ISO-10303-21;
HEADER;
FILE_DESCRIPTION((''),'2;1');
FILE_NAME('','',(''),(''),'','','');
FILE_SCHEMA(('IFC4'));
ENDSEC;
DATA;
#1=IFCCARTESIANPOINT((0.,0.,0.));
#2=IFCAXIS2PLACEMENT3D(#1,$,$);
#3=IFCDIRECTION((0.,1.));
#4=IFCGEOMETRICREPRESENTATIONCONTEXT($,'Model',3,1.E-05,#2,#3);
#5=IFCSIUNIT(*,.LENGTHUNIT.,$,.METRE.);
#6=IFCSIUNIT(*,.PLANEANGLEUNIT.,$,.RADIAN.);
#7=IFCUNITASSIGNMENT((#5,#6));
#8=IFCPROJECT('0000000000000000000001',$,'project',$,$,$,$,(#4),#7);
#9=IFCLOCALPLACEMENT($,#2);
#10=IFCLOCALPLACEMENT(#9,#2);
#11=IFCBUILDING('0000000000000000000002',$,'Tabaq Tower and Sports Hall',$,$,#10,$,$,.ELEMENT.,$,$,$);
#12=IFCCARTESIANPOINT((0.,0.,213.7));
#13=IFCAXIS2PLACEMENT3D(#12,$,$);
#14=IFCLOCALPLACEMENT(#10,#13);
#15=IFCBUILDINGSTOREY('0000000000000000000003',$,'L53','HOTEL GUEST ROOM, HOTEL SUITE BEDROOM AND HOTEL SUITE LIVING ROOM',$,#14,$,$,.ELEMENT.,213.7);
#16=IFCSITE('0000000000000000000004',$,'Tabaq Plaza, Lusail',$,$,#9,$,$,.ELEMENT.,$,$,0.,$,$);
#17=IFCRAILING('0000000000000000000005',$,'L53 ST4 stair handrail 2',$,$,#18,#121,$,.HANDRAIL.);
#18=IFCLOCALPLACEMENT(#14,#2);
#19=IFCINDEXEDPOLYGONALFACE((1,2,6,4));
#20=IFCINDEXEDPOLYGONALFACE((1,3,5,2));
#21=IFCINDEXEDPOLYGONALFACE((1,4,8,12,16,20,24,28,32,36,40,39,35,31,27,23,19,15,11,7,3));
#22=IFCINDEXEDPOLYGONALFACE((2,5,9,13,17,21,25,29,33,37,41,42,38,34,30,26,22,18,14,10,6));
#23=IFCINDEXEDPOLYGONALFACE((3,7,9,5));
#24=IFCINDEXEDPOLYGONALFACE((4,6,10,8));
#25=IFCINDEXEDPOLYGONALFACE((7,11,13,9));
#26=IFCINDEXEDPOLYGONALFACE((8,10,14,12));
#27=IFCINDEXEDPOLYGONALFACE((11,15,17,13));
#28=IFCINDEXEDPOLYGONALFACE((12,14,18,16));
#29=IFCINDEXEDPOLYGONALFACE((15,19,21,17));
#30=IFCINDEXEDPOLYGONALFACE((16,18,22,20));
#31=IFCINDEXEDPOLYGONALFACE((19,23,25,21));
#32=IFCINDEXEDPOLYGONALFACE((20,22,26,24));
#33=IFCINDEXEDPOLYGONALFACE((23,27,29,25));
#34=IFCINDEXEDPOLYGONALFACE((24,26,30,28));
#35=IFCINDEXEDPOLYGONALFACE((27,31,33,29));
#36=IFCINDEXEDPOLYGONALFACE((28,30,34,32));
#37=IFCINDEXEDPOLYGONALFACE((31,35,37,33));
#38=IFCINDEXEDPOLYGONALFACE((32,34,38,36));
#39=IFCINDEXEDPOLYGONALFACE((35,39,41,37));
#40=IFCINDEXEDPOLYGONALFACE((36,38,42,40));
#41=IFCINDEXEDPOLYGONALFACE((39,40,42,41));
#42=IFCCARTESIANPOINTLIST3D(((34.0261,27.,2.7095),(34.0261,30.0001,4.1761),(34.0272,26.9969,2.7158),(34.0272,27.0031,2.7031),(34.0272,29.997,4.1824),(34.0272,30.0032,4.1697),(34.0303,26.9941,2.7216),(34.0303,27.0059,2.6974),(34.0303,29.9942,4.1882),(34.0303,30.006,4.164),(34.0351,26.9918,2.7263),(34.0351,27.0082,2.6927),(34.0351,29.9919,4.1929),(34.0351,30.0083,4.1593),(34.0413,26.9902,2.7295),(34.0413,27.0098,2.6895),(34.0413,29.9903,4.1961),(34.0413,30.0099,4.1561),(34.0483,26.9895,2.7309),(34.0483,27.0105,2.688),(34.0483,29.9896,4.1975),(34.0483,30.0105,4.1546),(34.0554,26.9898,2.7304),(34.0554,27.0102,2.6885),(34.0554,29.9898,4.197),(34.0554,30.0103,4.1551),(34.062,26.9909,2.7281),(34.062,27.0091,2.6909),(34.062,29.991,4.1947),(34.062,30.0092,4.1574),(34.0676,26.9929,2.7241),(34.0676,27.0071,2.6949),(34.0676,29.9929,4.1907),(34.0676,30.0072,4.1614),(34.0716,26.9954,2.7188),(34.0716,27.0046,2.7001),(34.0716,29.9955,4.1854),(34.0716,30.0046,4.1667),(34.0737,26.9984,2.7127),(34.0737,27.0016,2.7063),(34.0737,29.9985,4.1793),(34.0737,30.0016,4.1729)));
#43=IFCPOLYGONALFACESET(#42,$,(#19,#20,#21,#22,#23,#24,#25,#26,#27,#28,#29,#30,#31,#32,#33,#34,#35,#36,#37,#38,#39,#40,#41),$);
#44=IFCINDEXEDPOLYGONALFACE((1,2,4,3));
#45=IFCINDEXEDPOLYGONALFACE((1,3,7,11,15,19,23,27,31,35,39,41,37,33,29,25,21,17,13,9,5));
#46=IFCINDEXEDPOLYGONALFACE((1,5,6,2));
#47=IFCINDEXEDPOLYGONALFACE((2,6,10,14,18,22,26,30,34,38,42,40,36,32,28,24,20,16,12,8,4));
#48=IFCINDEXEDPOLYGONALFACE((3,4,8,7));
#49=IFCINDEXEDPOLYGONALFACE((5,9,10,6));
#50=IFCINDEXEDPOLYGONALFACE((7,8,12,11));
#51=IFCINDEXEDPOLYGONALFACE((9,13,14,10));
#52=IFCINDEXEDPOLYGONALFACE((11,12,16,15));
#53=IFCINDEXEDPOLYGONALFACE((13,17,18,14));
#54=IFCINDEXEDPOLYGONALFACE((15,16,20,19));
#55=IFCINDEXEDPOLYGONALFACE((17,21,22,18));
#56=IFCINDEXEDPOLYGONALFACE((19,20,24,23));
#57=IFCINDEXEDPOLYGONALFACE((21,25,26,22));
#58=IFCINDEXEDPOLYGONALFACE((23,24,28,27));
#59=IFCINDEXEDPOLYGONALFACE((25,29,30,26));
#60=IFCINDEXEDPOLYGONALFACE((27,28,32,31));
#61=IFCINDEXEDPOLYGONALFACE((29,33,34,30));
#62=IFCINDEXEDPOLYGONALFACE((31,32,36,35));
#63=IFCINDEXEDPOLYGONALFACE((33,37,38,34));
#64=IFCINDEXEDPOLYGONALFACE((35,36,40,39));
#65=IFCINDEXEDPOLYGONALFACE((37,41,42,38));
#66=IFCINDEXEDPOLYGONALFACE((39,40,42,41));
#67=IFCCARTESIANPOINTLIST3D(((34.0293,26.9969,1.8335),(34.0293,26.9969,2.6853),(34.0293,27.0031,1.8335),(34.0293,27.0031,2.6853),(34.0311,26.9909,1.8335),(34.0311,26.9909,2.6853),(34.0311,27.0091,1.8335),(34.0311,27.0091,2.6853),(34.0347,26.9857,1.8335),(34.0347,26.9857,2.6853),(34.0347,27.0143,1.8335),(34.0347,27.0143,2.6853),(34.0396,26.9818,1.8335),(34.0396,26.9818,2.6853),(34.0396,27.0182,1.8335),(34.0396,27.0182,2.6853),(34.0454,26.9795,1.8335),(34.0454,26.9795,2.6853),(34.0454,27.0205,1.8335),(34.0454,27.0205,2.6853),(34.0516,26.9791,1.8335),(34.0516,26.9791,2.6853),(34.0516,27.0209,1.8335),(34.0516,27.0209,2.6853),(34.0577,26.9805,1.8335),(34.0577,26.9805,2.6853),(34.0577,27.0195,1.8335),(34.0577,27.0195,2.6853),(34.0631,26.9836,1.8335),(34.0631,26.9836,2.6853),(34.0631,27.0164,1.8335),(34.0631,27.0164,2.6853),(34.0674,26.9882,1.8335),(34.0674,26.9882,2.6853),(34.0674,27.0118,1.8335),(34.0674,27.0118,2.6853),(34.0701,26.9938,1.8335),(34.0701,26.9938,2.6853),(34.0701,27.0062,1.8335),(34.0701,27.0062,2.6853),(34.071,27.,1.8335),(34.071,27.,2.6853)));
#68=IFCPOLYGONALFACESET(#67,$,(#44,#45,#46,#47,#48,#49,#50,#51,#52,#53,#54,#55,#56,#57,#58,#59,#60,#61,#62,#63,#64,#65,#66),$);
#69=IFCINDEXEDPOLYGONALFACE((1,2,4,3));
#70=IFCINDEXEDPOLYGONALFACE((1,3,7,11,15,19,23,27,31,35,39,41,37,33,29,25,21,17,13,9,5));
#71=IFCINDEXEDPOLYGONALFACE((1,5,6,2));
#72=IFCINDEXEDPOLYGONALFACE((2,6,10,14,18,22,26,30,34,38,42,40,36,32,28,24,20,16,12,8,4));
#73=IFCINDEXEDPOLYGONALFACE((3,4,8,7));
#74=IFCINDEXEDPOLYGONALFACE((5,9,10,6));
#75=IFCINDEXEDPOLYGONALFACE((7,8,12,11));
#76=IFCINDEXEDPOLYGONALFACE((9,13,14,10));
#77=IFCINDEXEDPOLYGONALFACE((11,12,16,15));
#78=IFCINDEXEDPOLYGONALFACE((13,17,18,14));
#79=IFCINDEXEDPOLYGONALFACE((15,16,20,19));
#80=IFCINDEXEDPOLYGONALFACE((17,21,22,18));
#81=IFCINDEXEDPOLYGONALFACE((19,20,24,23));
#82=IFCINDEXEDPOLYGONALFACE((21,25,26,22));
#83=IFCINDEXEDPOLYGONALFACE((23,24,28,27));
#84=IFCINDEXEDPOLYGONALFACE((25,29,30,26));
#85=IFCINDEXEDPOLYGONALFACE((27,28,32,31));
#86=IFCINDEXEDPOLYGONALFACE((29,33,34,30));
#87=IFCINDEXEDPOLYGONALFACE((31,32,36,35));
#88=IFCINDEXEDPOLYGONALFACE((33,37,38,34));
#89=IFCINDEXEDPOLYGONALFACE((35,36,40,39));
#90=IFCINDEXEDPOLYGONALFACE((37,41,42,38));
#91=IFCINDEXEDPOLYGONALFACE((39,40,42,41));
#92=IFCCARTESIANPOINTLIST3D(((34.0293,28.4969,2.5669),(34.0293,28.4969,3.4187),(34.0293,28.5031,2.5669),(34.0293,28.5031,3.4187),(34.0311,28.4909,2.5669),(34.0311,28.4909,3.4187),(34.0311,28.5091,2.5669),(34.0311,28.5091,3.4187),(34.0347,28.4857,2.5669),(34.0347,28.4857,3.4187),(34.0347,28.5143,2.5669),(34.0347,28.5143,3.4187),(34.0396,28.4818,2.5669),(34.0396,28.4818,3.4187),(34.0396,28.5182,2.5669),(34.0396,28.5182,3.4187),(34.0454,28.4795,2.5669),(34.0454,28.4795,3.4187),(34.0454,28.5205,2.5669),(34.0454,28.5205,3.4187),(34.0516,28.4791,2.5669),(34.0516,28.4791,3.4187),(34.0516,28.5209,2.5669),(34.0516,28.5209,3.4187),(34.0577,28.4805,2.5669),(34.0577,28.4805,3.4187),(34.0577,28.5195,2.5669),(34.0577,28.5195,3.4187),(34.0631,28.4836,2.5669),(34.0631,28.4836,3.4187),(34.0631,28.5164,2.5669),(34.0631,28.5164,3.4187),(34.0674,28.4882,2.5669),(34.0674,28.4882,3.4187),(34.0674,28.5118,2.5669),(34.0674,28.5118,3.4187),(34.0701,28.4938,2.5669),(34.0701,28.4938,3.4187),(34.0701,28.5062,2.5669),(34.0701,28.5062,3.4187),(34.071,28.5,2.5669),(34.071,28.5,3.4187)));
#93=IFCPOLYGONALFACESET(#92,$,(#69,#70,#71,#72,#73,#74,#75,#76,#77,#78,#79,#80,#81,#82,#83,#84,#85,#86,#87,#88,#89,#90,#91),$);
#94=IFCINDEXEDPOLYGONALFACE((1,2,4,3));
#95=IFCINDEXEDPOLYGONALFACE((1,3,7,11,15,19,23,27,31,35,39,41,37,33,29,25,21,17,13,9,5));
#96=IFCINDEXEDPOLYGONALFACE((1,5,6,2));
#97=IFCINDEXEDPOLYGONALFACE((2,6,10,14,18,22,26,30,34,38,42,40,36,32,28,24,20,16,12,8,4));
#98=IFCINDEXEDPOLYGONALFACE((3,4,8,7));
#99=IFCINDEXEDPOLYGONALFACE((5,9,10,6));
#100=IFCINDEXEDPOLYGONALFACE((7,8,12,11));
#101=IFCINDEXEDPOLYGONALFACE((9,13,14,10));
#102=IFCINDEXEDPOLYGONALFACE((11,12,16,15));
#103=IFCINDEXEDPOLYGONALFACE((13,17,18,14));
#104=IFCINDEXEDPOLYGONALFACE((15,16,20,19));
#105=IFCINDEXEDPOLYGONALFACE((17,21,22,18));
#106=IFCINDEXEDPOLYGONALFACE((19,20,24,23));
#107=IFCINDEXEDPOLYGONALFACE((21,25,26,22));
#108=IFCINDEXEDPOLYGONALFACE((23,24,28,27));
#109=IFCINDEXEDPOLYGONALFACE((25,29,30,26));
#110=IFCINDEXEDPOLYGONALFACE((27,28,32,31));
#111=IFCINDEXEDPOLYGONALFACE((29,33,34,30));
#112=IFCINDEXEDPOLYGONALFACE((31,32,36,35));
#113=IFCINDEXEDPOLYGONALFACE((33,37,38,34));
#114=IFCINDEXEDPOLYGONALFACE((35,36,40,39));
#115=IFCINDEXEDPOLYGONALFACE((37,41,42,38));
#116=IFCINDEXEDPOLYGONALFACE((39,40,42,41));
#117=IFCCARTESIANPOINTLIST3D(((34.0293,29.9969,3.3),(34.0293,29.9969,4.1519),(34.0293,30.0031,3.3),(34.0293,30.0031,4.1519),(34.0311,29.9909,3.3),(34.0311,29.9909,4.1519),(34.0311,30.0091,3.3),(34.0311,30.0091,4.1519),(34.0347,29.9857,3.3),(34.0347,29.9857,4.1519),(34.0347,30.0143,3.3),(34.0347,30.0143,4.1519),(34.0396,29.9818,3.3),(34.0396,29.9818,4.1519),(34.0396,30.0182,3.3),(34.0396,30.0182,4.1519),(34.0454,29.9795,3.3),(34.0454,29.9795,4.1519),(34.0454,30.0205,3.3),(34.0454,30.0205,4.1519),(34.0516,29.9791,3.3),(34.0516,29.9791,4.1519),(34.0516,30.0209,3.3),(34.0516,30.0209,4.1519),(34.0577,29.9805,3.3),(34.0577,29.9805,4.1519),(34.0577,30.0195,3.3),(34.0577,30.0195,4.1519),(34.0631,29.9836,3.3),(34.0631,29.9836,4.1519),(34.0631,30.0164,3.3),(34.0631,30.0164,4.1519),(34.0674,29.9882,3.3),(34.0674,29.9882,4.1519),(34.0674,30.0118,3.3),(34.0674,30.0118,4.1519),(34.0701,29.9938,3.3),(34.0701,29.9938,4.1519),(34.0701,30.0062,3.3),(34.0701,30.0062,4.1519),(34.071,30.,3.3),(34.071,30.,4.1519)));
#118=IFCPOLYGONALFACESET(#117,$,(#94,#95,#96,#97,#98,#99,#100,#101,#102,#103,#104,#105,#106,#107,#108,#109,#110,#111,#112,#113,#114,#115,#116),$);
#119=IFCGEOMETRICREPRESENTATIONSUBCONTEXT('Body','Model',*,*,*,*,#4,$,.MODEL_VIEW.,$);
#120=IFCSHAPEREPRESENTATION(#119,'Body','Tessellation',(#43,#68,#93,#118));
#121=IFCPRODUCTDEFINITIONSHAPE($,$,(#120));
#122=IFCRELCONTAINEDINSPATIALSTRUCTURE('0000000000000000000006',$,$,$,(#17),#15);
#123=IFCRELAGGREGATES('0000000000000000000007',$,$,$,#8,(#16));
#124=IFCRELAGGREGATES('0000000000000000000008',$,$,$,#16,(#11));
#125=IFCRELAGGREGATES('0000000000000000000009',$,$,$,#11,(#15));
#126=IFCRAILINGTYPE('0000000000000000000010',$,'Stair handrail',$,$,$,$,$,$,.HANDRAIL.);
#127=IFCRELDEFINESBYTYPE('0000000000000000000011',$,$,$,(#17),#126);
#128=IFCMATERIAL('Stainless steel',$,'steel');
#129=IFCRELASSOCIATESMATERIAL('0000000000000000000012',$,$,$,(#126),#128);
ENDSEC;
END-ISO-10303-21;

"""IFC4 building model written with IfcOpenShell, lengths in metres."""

from ifc_helpers import new_model, si_unit, direction, frame, origin, origin_2d, place, context, subcontext, project, spatial, circle, extrude, material, type_object, element, save


model = new_model("IFC4")

# Units and contexts
model_context = context("Model", 3, precision=1e-05, world=origin(), true_north=direction((0.0, 1.0)))
body_context = subcontext(model_context, "Body", "Model", "MODEL_VIEW")
ifc_project = project(units=[si_unit("LENGTHUNIT", "METRE"), si_unit("PLANEANGLEUNIT", "RADIAN")], contexts=[model_context])

# Site, building, storey
site_placement = place(None, origin())
site = spatial("IfcSite", under=ifc_project, at=site_placement, Name="Tabaq Plaza, Lusail", CompositionType="ELEMENT", RefElevation=0.0)
building_placement = place(site_placement, origin())
building = spatial("IfcBuilding", under=site, at=building_placement, Name="Tabaq Tower and Sports Hall", CompositionType="ELEMENT")
storey_placement = place(building_placement, frame((0.0, 0.0, 213.7)))
storey = spatial("IfcBuildingStorey", under=building, at=storey_placement, Name="L53", Description="HOTEL GUEST ROOM, HOTEL SUITE BEDROOM AND HOTEL SUITE LIVING ROOM", CompositionType="ELEMENT", Elevation=213.7)

# Railing
ifc_material_1 = material(Name="Stainless steel", Category="steel")
railing_type_1 = type_object("IfcRailingType", Name="Stair handrail", PredefinedType="HANDRAIL", material=ifc_material_1)
railing_1_placement = place(storey_placement, frame((34.05, 27.0, 1.8335)))
element("IfcRailing", 1, at=railing_1_placement, inside=storey, type_object=railing_type_1, Name="L53 ST4 stair handrail 2", PredefinedType="HANDRAIL", context=body_context, shape_type="SweptSolid", body=[
    extrude(circle(Radius=0.0239, at=origin_2d()), frame((0.0, 0.0, 0.876), z_axis=(0.0, 0.898398, 0.439183), x_axis=(-1.0, 0.0, 0.0)), (0.0, 0.0, 1.0), 3.3394),
    extrude(circle(Radius=0.021, at=origin_2d()), origin(), (0.0, 0.0, 1.0), 0.8518),
    extrude(circle(Radius=0.021, at=origin_2d()), frame((0.0, 1.5, 0.7334)), (0.0, 0.0, 1.0), 0.8518),
    extrude(circle(Radius=0.021, at=origin_2d()), frame((0.0, 3.0, 1.4666)), (0.0, 0.0, 1.0), 0.8518),
])

save(model, "model.ifc")
